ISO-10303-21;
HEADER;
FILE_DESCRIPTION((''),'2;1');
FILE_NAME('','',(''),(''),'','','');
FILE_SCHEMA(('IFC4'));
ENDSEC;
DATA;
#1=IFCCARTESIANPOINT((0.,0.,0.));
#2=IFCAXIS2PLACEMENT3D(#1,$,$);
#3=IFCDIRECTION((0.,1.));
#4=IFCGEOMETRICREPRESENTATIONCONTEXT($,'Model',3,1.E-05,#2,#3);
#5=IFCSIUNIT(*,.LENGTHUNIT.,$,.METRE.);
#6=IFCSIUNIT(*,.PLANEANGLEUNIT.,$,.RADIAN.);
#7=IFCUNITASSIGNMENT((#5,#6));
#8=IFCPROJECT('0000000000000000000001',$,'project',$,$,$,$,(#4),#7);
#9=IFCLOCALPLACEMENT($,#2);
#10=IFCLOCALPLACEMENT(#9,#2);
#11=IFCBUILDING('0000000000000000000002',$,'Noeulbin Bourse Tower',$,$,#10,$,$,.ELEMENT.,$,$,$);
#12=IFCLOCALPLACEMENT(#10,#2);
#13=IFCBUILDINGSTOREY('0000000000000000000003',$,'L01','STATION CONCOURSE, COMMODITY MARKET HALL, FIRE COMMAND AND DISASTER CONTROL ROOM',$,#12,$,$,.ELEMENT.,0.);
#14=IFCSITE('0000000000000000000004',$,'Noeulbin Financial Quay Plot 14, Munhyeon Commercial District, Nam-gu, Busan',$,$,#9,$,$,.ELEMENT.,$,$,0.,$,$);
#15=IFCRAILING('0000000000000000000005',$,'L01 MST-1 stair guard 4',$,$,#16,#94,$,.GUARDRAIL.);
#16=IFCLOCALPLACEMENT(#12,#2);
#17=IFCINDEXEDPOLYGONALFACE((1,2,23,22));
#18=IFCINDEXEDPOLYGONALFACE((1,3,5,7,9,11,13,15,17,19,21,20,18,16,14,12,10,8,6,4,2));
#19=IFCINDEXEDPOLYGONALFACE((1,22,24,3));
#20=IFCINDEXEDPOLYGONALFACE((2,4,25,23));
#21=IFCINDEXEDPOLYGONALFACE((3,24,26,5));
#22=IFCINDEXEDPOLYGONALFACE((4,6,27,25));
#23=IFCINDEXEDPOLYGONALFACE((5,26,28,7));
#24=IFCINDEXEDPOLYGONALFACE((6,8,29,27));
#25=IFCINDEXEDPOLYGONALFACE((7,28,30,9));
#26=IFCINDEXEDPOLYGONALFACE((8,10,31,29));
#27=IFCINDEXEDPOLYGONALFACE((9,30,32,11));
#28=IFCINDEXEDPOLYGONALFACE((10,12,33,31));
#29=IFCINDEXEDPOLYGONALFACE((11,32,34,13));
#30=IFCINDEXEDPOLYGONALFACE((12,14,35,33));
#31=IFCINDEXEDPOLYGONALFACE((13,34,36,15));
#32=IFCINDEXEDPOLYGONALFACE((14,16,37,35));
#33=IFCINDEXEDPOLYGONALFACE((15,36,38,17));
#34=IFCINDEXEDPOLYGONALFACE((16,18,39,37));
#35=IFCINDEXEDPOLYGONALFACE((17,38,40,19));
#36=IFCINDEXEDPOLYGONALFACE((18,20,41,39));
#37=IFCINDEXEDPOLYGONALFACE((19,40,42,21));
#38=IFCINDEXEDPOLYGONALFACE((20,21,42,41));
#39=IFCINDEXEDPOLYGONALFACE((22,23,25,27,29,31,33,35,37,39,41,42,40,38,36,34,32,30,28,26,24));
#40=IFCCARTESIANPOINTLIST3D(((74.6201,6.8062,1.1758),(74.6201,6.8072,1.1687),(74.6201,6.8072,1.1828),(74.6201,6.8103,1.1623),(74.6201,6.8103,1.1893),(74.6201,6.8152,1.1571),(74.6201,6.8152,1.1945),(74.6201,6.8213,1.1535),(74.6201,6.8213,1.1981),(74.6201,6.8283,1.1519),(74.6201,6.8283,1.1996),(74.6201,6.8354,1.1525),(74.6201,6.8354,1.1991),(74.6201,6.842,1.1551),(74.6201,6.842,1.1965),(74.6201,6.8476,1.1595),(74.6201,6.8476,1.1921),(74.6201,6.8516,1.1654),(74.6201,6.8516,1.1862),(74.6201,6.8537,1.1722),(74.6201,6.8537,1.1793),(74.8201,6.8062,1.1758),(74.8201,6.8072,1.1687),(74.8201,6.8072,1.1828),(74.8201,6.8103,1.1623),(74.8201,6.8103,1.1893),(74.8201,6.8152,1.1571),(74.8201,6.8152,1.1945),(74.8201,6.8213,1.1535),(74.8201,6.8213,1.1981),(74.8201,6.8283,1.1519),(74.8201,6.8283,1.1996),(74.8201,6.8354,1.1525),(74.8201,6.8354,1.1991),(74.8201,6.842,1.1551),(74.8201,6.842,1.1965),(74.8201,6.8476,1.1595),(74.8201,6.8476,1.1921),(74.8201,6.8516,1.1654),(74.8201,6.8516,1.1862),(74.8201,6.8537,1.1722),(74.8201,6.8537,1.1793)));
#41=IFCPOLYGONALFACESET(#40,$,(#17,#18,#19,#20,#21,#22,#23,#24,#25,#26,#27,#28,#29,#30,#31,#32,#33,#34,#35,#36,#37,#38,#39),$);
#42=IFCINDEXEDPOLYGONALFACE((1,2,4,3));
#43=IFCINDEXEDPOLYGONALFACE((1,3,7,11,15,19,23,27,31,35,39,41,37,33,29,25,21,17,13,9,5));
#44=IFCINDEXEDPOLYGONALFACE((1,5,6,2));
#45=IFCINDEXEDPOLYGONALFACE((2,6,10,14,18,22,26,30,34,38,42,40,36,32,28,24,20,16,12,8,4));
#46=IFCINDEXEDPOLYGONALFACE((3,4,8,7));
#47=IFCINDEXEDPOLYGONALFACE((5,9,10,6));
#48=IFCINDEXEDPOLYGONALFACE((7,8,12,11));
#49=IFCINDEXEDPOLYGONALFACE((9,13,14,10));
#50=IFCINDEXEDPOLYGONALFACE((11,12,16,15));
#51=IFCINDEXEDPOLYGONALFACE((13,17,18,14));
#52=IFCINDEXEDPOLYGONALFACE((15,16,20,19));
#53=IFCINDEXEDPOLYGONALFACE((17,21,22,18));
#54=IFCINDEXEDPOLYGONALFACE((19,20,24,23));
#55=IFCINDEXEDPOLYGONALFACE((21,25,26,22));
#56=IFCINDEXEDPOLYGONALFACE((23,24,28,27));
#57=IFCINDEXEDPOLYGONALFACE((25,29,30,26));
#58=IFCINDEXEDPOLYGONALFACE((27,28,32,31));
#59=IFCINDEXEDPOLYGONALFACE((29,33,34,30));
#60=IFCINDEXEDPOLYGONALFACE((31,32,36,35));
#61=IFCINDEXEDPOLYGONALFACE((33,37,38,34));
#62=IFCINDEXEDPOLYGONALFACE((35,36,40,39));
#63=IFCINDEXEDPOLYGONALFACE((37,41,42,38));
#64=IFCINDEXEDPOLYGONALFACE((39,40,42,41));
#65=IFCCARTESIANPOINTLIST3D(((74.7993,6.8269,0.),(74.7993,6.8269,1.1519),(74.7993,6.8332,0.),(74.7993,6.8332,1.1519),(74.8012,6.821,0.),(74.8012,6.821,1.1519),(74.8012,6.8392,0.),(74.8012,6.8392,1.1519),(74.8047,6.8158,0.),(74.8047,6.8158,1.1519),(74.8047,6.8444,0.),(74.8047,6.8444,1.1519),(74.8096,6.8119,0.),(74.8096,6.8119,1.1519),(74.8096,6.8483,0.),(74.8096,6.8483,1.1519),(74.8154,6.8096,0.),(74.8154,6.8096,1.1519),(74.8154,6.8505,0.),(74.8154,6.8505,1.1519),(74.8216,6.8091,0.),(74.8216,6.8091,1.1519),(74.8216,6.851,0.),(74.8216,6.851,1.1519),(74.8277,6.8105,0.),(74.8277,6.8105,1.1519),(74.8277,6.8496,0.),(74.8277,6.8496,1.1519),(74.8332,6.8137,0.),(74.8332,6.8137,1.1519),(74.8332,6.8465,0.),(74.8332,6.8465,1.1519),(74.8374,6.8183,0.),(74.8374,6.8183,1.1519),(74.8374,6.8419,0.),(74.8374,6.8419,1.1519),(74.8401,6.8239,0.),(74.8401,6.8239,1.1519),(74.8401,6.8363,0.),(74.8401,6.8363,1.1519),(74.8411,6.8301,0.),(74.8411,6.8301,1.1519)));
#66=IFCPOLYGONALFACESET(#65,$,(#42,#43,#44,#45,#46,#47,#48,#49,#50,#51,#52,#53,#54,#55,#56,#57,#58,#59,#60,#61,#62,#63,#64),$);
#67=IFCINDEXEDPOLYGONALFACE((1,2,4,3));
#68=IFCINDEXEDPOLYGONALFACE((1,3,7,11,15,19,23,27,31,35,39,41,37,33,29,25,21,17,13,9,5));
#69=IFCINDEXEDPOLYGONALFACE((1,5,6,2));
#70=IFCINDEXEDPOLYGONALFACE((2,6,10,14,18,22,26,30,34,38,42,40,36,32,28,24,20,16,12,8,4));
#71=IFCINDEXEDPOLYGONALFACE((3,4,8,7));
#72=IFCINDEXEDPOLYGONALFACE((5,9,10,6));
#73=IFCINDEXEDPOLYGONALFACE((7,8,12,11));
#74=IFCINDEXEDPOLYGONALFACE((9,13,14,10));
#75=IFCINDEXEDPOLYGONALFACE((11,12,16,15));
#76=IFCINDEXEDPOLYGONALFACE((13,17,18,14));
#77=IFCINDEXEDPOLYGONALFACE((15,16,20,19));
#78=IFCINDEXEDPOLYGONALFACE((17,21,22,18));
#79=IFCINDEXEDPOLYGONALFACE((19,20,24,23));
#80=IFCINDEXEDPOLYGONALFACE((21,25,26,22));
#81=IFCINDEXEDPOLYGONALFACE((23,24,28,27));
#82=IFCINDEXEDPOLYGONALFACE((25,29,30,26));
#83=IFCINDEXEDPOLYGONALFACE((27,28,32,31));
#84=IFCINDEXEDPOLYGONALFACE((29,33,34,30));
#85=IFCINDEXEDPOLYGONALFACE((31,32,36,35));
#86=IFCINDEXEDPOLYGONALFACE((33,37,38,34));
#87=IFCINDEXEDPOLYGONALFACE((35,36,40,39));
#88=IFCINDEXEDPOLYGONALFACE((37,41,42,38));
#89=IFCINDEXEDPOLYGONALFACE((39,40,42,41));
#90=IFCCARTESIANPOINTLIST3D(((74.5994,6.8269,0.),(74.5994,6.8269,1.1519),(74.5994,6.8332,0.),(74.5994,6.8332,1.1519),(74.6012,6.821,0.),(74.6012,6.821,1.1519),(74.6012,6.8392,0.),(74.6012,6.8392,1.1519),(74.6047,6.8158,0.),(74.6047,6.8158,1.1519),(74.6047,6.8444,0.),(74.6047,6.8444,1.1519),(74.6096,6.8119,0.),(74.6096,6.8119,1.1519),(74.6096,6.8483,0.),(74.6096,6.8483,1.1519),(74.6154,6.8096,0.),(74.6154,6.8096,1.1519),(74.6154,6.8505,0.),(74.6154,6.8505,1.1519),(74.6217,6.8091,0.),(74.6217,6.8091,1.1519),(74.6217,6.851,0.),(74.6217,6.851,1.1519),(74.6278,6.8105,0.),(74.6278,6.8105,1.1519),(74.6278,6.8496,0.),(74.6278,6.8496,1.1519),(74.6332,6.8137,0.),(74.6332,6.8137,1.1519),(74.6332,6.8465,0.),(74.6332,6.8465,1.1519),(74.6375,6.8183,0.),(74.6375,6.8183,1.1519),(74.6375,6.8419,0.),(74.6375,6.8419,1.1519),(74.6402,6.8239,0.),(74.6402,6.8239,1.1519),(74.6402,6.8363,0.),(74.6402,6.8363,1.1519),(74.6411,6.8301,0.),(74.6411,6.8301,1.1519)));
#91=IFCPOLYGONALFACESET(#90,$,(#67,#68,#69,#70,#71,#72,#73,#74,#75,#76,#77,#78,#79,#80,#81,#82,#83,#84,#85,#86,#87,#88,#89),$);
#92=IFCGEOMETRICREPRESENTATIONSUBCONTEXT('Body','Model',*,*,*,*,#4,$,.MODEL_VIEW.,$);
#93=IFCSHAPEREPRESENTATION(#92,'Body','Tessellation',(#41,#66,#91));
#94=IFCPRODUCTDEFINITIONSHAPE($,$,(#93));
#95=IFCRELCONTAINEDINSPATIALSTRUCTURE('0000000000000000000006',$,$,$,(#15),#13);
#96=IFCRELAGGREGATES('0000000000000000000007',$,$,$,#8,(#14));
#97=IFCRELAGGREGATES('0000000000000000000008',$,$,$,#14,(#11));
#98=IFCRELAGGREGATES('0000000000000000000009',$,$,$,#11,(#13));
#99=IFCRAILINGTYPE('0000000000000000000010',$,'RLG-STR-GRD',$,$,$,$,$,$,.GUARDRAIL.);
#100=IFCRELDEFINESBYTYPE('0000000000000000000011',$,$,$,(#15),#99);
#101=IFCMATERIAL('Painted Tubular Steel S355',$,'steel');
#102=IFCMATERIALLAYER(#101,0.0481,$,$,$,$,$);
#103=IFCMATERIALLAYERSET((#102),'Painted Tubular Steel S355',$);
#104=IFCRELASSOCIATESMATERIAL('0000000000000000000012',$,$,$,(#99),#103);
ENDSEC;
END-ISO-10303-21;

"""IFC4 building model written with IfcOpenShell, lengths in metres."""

from ifc_helpers import new_model, si_unit, direction, frame, origin, origin_2d, place, context, subcontext, project, spatial, circle, extrude, material, layer, layer_set, type_object, element, save


model = new_model("IFC4")

# Units and contexts
model_context = context("Model", 3, precision=1e-05, world=origin(), true_north=direction((0.0, 1.0)))
body_context = subcontext(model_context, "Body", "Model", "MODEL_VIEW")
ifc_project = project(units=[si_unit("LENGTHUNIT", "METRE"), si_unit("PLANEANGLEUNIT", "RADIAN")], contexts=[model_context])

# Site, building, storey
site_placement = place(None, origin())
site = spatial("IfcSite", under=ifc_project, at=site_placement, Name="Noeulbin Financial Quay Plot 14, Munhyeon Commercial District, Nam-gu, Busan", CompositionType="ELEMENT", RefElevation=0.0)
building_placement = place(site_placement, origin())
building = spatial("IfcBuilding", under=site, at=building_placement, Name="Noeulbin Bourse Tower", CompositionType="ELEMENT")
storey_placement = place(building_placement, origin())
storey = spatial("IfcBuildingStorey", under=building, at=storey_placement, Name="L01", Description="STATION CONCOURSE, COMMODITY MARKET HALL, FIRE COMMAND AND DISASTER CONTROL ROOM", CompositionType="ELEMENT", Elevation=0.0)

# Railing
ifc_material_1 = material(Name="Painted Tubular Steel S355", Category="steel")
ifc_layer_1 = layer(ifc_material_1, 0.0481)
ifc_layer_set_1 = layer_set([ifc_layer_1], Name="Painted Tubular Steel S355")
railing_type_1 = type_object("IfcRailingType", Name="RLG-STR-GRD", PredefinedType="GUARDRAIL", material=ifc_layer_set_1)
railing_1_placement = place(storey_placement, frame((74.8201, 6.8301, 0.0)))
element("IfcRailing", 1, at=railing_1_placement, inside=storey, type_object=railing_type_1, Name="L01 MST-1 stair guard 4", PredefinedType="GUARDRAIL", context=body_context, shape_type="SweptSolid", body=[
    extrude(circle(Radius=0.0239, at=origin_2d()), frame((0.0, 0.0, 1.1758), z_axis=(-1.0, 0.0, 0.0), x_axis=(0.0, -1.0, 0.0)), (0.0, 0.0, 1.0), 0.2),
    extrude(circle(Radius=0.021, at=origin_2d()), origin(), (0.0, 0.0, 1.0), 1.1519),
    extrude(circle(Radius=0.021, at=origin_2d()), frame((-0.2, 0.0, 0.0)), (0.0, 0.0, 1.0), 1.1519),
])

save(model, "model.ifc")
